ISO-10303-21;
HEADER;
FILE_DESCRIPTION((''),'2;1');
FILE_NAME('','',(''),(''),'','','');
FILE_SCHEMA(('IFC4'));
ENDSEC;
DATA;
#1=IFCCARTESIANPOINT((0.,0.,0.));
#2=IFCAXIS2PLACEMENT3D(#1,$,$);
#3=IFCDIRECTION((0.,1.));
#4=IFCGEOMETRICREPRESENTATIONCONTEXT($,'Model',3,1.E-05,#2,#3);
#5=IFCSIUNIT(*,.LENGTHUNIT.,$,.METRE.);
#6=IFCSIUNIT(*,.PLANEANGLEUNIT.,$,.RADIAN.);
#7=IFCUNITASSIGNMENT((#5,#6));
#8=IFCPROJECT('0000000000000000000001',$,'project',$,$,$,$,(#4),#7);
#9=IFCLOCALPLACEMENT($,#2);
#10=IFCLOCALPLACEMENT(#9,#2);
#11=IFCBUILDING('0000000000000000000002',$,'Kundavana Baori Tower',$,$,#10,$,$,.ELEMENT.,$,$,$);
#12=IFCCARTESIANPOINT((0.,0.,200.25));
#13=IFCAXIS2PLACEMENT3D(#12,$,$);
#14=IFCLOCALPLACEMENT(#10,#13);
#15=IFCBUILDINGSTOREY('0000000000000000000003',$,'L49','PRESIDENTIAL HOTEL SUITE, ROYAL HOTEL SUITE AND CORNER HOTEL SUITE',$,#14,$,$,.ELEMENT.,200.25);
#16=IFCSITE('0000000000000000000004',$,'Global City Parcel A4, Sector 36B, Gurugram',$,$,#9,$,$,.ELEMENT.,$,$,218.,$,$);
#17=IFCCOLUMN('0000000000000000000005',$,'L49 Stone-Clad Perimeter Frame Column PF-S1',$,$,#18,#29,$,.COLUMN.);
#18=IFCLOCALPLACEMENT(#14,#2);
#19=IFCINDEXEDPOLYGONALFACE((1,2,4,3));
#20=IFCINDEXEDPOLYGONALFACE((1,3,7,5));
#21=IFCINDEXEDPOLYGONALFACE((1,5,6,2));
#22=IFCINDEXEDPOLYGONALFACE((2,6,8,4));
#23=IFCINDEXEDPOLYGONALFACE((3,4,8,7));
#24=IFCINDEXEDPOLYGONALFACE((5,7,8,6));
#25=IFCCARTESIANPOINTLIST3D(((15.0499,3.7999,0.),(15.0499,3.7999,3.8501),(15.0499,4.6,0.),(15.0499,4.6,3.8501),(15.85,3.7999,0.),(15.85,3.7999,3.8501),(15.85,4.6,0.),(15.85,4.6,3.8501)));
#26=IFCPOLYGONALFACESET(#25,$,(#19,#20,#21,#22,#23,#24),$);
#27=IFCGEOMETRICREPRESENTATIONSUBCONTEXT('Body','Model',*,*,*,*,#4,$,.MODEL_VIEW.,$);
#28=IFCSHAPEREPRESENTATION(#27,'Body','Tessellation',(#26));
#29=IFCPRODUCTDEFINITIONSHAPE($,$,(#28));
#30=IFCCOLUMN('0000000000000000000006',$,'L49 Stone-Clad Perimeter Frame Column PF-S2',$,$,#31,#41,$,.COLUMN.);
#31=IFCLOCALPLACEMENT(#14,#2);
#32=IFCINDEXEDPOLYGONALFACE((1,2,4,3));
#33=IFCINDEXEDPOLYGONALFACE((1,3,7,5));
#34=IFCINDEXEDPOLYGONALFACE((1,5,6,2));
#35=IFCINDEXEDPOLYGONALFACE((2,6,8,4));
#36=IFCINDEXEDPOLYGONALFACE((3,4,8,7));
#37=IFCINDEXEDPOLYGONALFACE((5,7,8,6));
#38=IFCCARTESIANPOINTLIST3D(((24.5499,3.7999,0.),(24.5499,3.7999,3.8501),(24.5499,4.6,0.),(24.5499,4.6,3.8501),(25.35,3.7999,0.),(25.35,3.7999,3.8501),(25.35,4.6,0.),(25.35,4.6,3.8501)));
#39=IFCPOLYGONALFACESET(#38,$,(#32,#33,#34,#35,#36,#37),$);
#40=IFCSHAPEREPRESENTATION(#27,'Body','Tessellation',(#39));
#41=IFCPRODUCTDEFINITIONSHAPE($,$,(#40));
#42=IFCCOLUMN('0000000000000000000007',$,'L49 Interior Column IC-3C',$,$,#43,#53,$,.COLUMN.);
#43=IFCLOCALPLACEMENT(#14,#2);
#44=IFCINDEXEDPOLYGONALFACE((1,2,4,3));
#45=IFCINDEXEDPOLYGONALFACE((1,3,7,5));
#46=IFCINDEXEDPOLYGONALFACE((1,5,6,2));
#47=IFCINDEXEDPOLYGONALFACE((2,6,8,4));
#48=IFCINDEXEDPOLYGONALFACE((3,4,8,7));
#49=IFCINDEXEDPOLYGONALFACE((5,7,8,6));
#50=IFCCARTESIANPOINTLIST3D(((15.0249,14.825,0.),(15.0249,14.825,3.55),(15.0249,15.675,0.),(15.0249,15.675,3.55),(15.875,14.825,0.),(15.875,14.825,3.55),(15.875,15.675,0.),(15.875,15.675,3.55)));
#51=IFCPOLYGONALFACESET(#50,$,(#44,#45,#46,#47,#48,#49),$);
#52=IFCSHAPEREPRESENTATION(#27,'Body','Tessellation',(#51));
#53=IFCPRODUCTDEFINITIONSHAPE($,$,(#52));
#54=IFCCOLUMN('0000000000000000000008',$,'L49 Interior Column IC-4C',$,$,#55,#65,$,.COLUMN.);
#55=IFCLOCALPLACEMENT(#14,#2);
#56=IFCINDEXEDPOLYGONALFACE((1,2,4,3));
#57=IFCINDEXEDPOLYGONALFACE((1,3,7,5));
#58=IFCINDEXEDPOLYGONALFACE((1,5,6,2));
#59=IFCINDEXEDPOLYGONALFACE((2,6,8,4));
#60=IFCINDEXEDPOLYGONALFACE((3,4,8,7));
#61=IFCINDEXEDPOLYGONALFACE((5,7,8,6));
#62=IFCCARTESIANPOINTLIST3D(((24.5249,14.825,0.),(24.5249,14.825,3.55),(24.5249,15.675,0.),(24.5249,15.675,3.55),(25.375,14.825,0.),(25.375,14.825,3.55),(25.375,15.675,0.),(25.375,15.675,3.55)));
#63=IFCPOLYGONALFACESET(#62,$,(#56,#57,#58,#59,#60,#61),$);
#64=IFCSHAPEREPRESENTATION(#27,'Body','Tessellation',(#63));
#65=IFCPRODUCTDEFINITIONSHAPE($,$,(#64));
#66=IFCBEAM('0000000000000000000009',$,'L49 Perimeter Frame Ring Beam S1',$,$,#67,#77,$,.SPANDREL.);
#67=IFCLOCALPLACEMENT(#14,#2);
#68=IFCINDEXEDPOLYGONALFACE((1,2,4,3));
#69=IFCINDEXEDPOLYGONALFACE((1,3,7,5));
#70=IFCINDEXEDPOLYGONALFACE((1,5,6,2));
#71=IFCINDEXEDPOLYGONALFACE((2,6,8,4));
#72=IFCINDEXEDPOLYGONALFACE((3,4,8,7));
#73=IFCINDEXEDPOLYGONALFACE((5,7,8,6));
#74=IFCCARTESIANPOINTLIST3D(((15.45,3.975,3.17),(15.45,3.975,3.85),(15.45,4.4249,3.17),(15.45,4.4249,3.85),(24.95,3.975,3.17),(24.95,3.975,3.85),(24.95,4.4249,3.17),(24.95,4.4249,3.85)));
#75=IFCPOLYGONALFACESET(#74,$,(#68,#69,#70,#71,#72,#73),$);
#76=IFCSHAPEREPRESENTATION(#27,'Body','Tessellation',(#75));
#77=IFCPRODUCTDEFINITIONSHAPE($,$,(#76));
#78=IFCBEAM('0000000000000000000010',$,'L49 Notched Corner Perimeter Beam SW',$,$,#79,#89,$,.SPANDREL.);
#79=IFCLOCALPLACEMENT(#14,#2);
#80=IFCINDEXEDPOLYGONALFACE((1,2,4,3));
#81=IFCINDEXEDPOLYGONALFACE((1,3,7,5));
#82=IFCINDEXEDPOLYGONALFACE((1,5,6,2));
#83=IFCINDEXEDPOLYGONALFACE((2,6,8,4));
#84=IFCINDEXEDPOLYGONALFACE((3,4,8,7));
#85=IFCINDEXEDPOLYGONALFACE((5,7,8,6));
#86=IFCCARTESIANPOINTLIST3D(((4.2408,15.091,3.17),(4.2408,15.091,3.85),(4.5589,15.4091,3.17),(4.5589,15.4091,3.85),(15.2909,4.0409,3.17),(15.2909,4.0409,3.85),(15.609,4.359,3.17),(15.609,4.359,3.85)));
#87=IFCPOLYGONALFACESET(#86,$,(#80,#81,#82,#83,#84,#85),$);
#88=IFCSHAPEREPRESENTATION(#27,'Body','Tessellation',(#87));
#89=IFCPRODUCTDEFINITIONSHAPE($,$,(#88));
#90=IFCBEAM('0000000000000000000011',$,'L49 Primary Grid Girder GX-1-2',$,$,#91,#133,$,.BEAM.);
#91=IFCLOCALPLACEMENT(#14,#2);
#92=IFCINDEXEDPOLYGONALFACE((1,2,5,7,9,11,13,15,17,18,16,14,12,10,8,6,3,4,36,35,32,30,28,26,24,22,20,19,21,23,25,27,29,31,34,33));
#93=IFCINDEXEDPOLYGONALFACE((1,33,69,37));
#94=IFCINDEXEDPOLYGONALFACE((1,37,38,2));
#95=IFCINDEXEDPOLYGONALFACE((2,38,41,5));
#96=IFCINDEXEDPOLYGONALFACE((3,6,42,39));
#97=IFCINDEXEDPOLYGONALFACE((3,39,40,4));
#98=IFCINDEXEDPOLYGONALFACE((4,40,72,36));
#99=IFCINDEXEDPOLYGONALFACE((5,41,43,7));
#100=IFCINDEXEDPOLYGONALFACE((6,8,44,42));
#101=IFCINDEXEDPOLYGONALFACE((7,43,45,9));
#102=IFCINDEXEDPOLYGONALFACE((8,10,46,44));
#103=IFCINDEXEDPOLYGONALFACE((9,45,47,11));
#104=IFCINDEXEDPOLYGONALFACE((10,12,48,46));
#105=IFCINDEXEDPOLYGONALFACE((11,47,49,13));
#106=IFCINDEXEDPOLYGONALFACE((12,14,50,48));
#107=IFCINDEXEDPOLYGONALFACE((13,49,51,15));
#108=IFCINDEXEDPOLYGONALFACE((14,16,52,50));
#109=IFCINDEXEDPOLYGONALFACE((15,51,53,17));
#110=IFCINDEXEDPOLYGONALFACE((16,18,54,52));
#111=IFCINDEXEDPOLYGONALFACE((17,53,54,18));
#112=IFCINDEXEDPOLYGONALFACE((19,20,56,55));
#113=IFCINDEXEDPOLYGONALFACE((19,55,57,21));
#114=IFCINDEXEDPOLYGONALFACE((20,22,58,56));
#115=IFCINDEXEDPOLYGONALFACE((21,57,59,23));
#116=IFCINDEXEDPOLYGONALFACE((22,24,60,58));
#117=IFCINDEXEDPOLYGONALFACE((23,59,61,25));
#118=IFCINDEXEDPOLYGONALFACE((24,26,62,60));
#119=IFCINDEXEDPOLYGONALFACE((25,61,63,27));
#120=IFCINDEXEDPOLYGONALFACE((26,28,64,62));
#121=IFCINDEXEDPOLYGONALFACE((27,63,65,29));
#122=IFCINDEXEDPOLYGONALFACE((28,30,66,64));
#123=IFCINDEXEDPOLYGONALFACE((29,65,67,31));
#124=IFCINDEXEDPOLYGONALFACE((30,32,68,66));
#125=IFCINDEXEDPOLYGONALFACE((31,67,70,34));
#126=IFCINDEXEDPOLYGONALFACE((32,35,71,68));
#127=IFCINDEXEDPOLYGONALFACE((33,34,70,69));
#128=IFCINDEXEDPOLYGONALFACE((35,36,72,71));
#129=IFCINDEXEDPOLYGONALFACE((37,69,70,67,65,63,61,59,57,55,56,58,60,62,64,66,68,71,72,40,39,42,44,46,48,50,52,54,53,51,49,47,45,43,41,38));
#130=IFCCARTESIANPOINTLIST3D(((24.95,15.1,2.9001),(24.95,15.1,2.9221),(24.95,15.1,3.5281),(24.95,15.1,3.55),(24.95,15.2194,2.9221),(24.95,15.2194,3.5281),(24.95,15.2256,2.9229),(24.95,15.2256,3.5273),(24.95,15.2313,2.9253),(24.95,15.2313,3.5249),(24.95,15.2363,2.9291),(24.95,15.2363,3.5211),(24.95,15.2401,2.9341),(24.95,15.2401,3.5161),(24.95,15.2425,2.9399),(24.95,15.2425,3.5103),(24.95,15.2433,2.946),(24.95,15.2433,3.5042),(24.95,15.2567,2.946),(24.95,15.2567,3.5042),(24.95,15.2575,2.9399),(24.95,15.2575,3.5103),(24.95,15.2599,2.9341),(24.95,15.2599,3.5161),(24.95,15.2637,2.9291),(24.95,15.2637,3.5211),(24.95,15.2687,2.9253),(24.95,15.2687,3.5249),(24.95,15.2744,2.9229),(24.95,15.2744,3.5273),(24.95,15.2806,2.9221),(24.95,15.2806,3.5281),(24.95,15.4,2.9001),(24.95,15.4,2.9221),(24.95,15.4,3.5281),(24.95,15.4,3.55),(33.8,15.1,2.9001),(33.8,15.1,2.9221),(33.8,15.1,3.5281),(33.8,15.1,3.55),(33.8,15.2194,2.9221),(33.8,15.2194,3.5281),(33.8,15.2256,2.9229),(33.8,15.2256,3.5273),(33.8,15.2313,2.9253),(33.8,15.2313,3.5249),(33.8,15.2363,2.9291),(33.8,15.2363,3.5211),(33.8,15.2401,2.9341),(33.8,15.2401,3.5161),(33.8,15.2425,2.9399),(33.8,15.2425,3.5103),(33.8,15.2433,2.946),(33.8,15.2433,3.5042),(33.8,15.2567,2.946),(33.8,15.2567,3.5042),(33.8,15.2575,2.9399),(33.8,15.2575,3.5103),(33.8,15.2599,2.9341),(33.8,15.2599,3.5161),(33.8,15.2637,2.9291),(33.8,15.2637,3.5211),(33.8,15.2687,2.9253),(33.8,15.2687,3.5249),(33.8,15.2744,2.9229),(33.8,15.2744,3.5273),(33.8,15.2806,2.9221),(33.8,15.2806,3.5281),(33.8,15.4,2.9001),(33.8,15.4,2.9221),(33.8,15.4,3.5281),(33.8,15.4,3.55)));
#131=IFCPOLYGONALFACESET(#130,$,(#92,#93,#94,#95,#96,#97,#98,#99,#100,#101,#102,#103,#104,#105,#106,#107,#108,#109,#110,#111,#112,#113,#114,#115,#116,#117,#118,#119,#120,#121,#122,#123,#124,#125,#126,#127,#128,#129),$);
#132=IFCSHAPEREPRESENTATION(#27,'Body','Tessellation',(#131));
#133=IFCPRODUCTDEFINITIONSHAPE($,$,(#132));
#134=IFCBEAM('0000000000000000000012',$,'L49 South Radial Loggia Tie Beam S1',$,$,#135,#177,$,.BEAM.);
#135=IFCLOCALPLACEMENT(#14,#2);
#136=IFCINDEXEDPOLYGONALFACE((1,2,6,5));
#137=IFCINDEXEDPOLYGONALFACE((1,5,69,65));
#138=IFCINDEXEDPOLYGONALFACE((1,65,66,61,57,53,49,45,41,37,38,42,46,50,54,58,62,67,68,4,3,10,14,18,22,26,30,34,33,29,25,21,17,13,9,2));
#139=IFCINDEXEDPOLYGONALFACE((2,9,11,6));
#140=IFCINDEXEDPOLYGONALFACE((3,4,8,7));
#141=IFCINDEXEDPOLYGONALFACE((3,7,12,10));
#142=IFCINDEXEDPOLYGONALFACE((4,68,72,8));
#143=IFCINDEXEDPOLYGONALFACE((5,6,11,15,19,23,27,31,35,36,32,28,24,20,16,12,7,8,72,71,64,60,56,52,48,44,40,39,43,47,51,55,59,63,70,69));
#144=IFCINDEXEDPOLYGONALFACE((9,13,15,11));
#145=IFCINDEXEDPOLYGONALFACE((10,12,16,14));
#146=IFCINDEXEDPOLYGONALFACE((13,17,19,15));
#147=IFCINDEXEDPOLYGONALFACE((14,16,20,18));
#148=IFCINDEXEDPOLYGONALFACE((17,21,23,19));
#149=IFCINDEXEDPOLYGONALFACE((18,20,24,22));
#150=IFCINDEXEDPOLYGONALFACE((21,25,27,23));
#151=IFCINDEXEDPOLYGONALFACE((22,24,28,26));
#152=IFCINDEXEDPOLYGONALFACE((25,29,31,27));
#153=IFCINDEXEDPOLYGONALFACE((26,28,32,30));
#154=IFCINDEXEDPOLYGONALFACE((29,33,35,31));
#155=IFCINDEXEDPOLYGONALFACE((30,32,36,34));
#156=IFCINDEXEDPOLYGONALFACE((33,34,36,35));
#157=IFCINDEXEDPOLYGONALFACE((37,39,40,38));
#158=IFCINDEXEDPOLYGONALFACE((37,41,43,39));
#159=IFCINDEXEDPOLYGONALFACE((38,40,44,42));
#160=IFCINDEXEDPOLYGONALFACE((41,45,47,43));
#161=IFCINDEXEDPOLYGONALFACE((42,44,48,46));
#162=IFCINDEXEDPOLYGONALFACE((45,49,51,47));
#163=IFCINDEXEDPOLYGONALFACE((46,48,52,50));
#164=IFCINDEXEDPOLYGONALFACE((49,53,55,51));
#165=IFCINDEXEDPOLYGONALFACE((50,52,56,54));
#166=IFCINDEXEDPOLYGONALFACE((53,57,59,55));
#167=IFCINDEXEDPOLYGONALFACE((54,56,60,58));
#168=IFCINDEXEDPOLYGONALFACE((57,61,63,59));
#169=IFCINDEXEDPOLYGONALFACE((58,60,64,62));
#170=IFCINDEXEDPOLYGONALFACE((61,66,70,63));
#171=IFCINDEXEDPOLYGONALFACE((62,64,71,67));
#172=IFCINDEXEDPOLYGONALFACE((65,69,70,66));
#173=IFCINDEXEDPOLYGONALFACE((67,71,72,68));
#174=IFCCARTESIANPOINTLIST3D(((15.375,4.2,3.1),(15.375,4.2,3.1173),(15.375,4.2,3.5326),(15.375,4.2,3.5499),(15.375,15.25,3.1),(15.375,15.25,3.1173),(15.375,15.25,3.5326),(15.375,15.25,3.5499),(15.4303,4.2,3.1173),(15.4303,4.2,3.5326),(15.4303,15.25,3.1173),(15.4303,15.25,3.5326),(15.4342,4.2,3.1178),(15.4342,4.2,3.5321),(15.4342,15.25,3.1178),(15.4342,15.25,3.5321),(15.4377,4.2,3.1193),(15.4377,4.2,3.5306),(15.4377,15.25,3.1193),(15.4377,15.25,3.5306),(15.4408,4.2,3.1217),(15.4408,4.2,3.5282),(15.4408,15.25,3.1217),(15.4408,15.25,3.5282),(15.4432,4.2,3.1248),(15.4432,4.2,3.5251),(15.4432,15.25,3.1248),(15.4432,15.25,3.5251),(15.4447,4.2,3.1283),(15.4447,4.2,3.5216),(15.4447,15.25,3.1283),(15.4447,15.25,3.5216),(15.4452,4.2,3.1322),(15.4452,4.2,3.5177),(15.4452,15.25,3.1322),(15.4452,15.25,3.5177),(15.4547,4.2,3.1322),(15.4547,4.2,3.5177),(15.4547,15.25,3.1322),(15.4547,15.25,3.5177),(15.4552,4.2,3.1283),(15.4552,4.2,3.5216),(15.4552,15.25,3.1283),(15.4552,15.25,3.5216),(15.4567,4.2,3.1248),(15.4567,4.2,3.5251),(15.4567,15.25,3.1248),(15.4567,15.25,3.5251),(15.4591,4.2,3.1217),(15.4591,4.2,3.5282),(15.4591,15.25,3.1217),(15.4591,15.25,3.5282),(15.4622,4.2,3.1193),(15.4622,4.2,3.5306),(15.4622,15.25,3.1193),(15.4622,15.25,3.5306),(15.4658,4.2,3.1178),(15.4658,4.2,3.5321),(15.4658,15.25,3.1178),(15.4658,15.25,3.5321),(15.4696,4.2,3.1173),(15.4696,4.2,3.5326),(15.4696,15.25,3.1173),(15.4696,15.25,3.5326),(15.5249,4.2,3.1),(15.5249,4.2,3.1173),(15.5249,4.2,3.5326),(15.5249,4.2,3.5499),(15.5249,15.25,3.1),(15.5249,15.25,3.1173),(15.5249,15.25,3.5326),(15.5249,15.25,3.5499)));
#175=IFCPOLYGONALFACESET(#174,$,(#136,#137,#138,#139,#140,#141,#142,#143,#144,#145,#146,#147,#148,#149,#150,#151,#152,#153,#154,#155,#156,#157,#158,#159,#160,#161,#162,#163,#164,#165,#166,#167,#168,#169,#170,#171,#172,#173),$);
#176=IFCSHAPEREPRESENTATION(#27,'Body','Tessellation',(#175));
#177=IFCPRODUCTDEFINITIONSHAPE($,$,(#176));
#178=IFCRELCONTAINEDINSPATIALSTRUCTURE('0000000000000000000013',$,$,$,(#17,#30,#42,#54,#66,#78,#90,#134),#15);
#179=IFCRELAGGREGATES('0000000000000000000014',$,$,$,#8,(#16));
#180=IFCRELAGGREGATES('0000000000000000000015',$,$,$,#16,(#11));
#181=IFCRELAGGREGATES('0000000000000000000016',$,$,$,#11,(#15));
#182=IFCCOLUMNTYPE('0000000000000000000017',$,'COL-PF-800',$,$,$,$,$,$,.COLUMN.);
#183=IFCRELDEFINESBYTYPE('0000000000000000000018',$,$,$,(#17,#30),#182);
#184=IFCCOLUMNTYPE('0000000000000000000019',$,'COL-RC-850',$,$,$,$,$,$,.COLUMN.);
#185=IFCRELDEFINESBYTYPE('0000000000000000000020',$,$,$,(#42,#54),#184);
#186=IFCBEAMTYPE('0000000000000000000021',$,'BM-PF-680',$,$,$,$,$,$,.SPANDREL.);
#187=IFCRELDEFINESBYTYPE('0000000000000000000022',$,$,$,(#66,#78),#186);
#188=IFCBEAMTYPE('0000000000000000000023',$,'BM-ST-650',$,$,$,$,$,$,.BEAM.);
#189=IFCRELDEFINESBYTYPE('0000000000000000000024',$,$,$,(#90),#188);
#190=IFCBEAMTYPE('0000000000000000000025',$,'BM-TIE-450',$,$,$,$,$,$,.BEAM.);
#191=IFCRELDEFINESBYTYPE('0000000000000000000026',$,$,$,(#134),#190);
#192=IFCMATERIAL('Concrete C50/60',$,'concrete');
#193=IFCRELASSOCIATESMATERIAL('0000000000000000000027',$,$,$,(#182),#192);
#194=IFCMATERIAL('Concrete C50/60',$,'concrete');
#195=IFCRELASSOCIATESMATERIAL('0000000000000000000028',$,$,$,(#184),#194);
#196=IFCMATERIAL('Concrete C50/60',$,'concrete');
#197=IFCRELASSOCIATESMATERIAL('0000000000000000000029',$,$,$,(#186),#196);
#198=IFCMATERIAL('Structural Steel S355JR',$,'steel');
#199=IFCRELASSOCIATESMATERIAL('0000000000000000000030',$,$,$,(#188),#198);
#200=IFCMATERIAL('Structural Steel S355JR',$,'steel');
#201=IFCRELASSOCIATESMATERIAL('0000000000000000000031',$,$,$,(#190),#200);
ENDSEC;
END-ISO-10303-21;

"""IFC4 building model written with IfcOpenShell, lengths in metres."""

from ifc_helpers import new_model, si_unit, direction, frame, origin, origin_2d, place, context, subcontext, project, spatial, rectangle, i_section, extrude, material, material_profile, profile_set, type_object, element, save


model = new_model("IFC4")

# Units and contexts
model_context = context("Model", 3, precision=1e-05, world=origin(), true_north=direction((0.0, 1.0)))
body_context = subcontext(model_context, "Body", "Model", "MODEL_VIEW")
ifc_project = project(units=[si_unit("LENGTHUNIT", "METRE"), si_unit("PLANEANGLEUNIT", "RADIAN")], contexts=[model_context])

# Site, building, storey
site_placement = place(None, origin())
site = spatial("IfcSite", under=ifc_project, at=site_placement, Name="Global City Parcel A4, Sector 36B, Gurugram", CompositionType="ELEMENT", RefElevation=218.0)
building_placement = place(site_placement, origin())
building = spatial("IfcBuilding", under=site, at=building_placement, Name="Kundavana Baori Tower", CompositionType="ELEMENT")
storey_placement = place(building_placement, frame((0.0, 0.0, 200.25)))
storey = spatial("IfcBuildingStorey", under=building, at=storey_placement, Name="L49", Description="PRESIDENTIAL HOTEL SUITE, ROYAL HOTEL SUITE AND CORNER HOTEL SUITE", CompositionType="ELEMENT", Elevation=200.25)

# Columns
ifc_material_1 = material(Name="Concrete C50/60", Category="concrete")
ifc_material_profile_1 = material_profile(ifc_material_1, rectangle(XDim=0.8, YDim=0.8, at=origin_2d()), Name="RC PF 800x800")
ifc_profile_set_1 = profile_set([ifc_material_profile_1], Name="Concrete C50/60")
column_type_1 = type_object("IfcColumnType", Name="COL-PF-800", PredefinedType="COLUMN", material=ifc_profile_set_1)
for number, where, z_axis, x_axis, name in (
    (1, (15.45, 4.2, 0.0), (0.0, 0.0, 1.0), (1.0, 0.0, 0.0), "L49 Stone-Clad Perimeter Frame Column PF-S1"),
    (2, (24.95, 4.2, 0.0), (0.0, 0.0, 1.0), (1.0, 0.0, 0.0), "L49 Stone-Clad Perimeter Frame Column PF-S2"),
):
    element("IfcColumn", number, at=place(storey_placement, frame(where, z_axis=z_axis, x_axis=x_axis)), inside=storey, type_object=column_type_1, Name=name, PredefinedType="COLUMN", context=body_context, shape_type="SweptSolid", body=[
        extrude(rectangle(XDim=0.8, YDim=0.8, at=origin_2d()), origin(), (0.0, 0.0, 1.0), 3.8501),
    ])
ifc_material_2 = material(Name="Concrete C50/60", Category="concrete")
ifc_material_profile_2 = material_profile(ifc_material_2, rectangle(XDim=0.8501, YDim=0.8501, at=origin_2d()), Name="RC 850x850")
ifc_profile_set_2 = profile_set([ifc_material_profile_2], Name="Concrete C50/60")
column_type_2 = type_object("IfcColumnType", Name="COL-RC-850", PredefinedType="COLUMN", material=ifc_profile_set_2)
for number, where, z_axis, x_axis, name in (
    (3, (15.45, 15.25, 0.0), (0.0, 0.0, 1.0), (1.0, 0.0, 0.0), "L49 Interior Column IC-3C"),
    (4, (24.95, 15.25, 0.0), (0.0, 0.0, 1.0), (1.0, 0.0, 0.0), "L49 Interior Column IC-4C"),
):
    element("IfcColumn", number, at=place(storey_placement, frame(where, z_axis=z_axis, x_axis=x_axis)), inside=storey, type_object=column_type_2, Name=name, PredefinedType="COLUMN", context=body_context, shape_type="SweptSolid", body=[
        extrude(rectangle(XDim=0.8501, YDim=0.8501, at=origin_2d()), origin(), (0.0, 0.0, 1.0), 3.55),
    ])

# Beams
ifc_material_3 = material(Name="Concrete C50/60", Category="concrete")
ifc_material_profile_3 = material_profile(ifc_material_3, rectangle(XDim=0.45, YDim=0.6799, at=origin_2d()), Name="RC BM 450x680")
ifc_profile_set_3 = profile_set([ifc_material_profile_3], Name="Concrete C50/60")
beam_type_1 = type_object("IfcBeamType", Name="BM-PF-680", PredefinedType="SPANDREL", material=ifc_profile_set_3)
beam_1_placement = place(storey_placement, frame((15.45, 4.2, 3.51), z_axis=(1.0, 0.0, 0.0), x_axis=(0.0, 1.0, 0.0)))
element("IfcBeam", 5, at=beam_1_placement, inside=storey, type_object=beam_type_1, Name="L49 Perimeter Frame Ring Beam S1", PredefinedType="SPANDREL", context=body_context, shape_type="SweptSolid", body=[
    extrude(rectangle(XDim=0.45, YDim=0.6799, at=origin_2d()), origin(), (0.0, 0.0, 1.0), 9.5),
])
beam_2_placement = place(storey_placement, frame((15.45, 4.2, 3.51), z_axis=(-0.707107, 0.707107, 0.0), x_axis=(-0.707107, -0.707107, 0.0)))
element("IfcBeam", 6, at=beam_2_placement, inside=storey, type_object=beam_type_1, Name="L49 Notched Corner Perimeter Beam SW", PredefinedType="SPANDREL", context=body_context, shape_type="SweptSolid", body=[
    extrude(rectangle(XDim=0.45, YDim=0.6799, at=origin_2d()), origin(), (0.0, 0.0, 1.0), 15.6272),
])
ifc_material_4 = material(Name="Structural Steel S355JR", Category="steel")
ifc_material_profile_4 = material_profile(ifc_material_4, i_section(OverallWidth=0.3, OverallDepth=0.6499, WebThickness=0.0134, FlangeThickness=0.022, FilletRadius=0.0239, at=origin_2d()), Name="NPB 650x300x155")
ifc_profile_set_4 = profile_set([ifc_material_profile_4], Name="Structural Steel S355JR")
beam_type_2 = type_object("IfcBeamType", Name="BM-ST-650", PredefinedType="BEAM", material=ifc_profile_set_4)
beam_3_placement = place(storey_placement, frame((24.95, 15.25, 3.2251), z_axis=(1.0, 0.0, 0.0), x_axis=(0.0, 1.0, 0.0)))
element("IfcBeam", 7, at=beam_3_placement, inside=storey, type_object=beam_type_2, Name="L49 Primary Grid Girder GX-1-2", PredefinedType="BEAM", context=body_context, shape_type="SweptSolid", body=[
    extrude(i_section(OverallWidth=0.3, OverallDepth=0.6499, WebThickness=0.0134, FlangeThickness=0.022, FilletRadius=0.0239, at=origin_2d()), origin(), (0.0, 0.0, 1.0), 8.8501),
])
ifc_material_5 = material(Name="Structural Steel S355JR", Category="steel")
ifc_material_profile_5 = material_profile(ifc_material_5, i_section(OverallWidth=0.1499, OverallDepth=0.45, WebThickness=0.0095, FlangeThickness=0.0173, FilletRadius=0.0149, at=origin_2d()), Name="ISMB 450")
ifc_profile_set_5 = profile_set([ifc_material_profile_5], Name="Structural Steel S355JR")
beam_type_3 = type_object("IfcBeamType", Name="BM-TIE-450", PredefinedType="BEAM", material=ifc_profile_set_5)
for number, where, z_axis, x_axis, name in (
    (8, (15.45, 15.25, 3.325), (0.0, -1.0, 0.0), (1.0, 0.0, 0.0), "L49 South Radial Loggia Tie Beam S1"),
):
    element("IfcBeam", number, at=place(storey_placement, frame(where, z_axis=z_axis, x_axis=x_axis)), inside=storey, type_object=beam_type_3, Name=name, PredefinedType="BEAM", context=body_context, shape_type="SweptSolid", body=[
        extrude(i_section(OverallWidth=0.1499, OverallDepth=0.45, WebThickness=0.0095, FlangeThickness=0.0173, FilletRadius=0.0149, at=origin_2d()), origin(), (0.0, 0.0, 1.0), 11.05),
    ])

save(model, "model.ifc")
